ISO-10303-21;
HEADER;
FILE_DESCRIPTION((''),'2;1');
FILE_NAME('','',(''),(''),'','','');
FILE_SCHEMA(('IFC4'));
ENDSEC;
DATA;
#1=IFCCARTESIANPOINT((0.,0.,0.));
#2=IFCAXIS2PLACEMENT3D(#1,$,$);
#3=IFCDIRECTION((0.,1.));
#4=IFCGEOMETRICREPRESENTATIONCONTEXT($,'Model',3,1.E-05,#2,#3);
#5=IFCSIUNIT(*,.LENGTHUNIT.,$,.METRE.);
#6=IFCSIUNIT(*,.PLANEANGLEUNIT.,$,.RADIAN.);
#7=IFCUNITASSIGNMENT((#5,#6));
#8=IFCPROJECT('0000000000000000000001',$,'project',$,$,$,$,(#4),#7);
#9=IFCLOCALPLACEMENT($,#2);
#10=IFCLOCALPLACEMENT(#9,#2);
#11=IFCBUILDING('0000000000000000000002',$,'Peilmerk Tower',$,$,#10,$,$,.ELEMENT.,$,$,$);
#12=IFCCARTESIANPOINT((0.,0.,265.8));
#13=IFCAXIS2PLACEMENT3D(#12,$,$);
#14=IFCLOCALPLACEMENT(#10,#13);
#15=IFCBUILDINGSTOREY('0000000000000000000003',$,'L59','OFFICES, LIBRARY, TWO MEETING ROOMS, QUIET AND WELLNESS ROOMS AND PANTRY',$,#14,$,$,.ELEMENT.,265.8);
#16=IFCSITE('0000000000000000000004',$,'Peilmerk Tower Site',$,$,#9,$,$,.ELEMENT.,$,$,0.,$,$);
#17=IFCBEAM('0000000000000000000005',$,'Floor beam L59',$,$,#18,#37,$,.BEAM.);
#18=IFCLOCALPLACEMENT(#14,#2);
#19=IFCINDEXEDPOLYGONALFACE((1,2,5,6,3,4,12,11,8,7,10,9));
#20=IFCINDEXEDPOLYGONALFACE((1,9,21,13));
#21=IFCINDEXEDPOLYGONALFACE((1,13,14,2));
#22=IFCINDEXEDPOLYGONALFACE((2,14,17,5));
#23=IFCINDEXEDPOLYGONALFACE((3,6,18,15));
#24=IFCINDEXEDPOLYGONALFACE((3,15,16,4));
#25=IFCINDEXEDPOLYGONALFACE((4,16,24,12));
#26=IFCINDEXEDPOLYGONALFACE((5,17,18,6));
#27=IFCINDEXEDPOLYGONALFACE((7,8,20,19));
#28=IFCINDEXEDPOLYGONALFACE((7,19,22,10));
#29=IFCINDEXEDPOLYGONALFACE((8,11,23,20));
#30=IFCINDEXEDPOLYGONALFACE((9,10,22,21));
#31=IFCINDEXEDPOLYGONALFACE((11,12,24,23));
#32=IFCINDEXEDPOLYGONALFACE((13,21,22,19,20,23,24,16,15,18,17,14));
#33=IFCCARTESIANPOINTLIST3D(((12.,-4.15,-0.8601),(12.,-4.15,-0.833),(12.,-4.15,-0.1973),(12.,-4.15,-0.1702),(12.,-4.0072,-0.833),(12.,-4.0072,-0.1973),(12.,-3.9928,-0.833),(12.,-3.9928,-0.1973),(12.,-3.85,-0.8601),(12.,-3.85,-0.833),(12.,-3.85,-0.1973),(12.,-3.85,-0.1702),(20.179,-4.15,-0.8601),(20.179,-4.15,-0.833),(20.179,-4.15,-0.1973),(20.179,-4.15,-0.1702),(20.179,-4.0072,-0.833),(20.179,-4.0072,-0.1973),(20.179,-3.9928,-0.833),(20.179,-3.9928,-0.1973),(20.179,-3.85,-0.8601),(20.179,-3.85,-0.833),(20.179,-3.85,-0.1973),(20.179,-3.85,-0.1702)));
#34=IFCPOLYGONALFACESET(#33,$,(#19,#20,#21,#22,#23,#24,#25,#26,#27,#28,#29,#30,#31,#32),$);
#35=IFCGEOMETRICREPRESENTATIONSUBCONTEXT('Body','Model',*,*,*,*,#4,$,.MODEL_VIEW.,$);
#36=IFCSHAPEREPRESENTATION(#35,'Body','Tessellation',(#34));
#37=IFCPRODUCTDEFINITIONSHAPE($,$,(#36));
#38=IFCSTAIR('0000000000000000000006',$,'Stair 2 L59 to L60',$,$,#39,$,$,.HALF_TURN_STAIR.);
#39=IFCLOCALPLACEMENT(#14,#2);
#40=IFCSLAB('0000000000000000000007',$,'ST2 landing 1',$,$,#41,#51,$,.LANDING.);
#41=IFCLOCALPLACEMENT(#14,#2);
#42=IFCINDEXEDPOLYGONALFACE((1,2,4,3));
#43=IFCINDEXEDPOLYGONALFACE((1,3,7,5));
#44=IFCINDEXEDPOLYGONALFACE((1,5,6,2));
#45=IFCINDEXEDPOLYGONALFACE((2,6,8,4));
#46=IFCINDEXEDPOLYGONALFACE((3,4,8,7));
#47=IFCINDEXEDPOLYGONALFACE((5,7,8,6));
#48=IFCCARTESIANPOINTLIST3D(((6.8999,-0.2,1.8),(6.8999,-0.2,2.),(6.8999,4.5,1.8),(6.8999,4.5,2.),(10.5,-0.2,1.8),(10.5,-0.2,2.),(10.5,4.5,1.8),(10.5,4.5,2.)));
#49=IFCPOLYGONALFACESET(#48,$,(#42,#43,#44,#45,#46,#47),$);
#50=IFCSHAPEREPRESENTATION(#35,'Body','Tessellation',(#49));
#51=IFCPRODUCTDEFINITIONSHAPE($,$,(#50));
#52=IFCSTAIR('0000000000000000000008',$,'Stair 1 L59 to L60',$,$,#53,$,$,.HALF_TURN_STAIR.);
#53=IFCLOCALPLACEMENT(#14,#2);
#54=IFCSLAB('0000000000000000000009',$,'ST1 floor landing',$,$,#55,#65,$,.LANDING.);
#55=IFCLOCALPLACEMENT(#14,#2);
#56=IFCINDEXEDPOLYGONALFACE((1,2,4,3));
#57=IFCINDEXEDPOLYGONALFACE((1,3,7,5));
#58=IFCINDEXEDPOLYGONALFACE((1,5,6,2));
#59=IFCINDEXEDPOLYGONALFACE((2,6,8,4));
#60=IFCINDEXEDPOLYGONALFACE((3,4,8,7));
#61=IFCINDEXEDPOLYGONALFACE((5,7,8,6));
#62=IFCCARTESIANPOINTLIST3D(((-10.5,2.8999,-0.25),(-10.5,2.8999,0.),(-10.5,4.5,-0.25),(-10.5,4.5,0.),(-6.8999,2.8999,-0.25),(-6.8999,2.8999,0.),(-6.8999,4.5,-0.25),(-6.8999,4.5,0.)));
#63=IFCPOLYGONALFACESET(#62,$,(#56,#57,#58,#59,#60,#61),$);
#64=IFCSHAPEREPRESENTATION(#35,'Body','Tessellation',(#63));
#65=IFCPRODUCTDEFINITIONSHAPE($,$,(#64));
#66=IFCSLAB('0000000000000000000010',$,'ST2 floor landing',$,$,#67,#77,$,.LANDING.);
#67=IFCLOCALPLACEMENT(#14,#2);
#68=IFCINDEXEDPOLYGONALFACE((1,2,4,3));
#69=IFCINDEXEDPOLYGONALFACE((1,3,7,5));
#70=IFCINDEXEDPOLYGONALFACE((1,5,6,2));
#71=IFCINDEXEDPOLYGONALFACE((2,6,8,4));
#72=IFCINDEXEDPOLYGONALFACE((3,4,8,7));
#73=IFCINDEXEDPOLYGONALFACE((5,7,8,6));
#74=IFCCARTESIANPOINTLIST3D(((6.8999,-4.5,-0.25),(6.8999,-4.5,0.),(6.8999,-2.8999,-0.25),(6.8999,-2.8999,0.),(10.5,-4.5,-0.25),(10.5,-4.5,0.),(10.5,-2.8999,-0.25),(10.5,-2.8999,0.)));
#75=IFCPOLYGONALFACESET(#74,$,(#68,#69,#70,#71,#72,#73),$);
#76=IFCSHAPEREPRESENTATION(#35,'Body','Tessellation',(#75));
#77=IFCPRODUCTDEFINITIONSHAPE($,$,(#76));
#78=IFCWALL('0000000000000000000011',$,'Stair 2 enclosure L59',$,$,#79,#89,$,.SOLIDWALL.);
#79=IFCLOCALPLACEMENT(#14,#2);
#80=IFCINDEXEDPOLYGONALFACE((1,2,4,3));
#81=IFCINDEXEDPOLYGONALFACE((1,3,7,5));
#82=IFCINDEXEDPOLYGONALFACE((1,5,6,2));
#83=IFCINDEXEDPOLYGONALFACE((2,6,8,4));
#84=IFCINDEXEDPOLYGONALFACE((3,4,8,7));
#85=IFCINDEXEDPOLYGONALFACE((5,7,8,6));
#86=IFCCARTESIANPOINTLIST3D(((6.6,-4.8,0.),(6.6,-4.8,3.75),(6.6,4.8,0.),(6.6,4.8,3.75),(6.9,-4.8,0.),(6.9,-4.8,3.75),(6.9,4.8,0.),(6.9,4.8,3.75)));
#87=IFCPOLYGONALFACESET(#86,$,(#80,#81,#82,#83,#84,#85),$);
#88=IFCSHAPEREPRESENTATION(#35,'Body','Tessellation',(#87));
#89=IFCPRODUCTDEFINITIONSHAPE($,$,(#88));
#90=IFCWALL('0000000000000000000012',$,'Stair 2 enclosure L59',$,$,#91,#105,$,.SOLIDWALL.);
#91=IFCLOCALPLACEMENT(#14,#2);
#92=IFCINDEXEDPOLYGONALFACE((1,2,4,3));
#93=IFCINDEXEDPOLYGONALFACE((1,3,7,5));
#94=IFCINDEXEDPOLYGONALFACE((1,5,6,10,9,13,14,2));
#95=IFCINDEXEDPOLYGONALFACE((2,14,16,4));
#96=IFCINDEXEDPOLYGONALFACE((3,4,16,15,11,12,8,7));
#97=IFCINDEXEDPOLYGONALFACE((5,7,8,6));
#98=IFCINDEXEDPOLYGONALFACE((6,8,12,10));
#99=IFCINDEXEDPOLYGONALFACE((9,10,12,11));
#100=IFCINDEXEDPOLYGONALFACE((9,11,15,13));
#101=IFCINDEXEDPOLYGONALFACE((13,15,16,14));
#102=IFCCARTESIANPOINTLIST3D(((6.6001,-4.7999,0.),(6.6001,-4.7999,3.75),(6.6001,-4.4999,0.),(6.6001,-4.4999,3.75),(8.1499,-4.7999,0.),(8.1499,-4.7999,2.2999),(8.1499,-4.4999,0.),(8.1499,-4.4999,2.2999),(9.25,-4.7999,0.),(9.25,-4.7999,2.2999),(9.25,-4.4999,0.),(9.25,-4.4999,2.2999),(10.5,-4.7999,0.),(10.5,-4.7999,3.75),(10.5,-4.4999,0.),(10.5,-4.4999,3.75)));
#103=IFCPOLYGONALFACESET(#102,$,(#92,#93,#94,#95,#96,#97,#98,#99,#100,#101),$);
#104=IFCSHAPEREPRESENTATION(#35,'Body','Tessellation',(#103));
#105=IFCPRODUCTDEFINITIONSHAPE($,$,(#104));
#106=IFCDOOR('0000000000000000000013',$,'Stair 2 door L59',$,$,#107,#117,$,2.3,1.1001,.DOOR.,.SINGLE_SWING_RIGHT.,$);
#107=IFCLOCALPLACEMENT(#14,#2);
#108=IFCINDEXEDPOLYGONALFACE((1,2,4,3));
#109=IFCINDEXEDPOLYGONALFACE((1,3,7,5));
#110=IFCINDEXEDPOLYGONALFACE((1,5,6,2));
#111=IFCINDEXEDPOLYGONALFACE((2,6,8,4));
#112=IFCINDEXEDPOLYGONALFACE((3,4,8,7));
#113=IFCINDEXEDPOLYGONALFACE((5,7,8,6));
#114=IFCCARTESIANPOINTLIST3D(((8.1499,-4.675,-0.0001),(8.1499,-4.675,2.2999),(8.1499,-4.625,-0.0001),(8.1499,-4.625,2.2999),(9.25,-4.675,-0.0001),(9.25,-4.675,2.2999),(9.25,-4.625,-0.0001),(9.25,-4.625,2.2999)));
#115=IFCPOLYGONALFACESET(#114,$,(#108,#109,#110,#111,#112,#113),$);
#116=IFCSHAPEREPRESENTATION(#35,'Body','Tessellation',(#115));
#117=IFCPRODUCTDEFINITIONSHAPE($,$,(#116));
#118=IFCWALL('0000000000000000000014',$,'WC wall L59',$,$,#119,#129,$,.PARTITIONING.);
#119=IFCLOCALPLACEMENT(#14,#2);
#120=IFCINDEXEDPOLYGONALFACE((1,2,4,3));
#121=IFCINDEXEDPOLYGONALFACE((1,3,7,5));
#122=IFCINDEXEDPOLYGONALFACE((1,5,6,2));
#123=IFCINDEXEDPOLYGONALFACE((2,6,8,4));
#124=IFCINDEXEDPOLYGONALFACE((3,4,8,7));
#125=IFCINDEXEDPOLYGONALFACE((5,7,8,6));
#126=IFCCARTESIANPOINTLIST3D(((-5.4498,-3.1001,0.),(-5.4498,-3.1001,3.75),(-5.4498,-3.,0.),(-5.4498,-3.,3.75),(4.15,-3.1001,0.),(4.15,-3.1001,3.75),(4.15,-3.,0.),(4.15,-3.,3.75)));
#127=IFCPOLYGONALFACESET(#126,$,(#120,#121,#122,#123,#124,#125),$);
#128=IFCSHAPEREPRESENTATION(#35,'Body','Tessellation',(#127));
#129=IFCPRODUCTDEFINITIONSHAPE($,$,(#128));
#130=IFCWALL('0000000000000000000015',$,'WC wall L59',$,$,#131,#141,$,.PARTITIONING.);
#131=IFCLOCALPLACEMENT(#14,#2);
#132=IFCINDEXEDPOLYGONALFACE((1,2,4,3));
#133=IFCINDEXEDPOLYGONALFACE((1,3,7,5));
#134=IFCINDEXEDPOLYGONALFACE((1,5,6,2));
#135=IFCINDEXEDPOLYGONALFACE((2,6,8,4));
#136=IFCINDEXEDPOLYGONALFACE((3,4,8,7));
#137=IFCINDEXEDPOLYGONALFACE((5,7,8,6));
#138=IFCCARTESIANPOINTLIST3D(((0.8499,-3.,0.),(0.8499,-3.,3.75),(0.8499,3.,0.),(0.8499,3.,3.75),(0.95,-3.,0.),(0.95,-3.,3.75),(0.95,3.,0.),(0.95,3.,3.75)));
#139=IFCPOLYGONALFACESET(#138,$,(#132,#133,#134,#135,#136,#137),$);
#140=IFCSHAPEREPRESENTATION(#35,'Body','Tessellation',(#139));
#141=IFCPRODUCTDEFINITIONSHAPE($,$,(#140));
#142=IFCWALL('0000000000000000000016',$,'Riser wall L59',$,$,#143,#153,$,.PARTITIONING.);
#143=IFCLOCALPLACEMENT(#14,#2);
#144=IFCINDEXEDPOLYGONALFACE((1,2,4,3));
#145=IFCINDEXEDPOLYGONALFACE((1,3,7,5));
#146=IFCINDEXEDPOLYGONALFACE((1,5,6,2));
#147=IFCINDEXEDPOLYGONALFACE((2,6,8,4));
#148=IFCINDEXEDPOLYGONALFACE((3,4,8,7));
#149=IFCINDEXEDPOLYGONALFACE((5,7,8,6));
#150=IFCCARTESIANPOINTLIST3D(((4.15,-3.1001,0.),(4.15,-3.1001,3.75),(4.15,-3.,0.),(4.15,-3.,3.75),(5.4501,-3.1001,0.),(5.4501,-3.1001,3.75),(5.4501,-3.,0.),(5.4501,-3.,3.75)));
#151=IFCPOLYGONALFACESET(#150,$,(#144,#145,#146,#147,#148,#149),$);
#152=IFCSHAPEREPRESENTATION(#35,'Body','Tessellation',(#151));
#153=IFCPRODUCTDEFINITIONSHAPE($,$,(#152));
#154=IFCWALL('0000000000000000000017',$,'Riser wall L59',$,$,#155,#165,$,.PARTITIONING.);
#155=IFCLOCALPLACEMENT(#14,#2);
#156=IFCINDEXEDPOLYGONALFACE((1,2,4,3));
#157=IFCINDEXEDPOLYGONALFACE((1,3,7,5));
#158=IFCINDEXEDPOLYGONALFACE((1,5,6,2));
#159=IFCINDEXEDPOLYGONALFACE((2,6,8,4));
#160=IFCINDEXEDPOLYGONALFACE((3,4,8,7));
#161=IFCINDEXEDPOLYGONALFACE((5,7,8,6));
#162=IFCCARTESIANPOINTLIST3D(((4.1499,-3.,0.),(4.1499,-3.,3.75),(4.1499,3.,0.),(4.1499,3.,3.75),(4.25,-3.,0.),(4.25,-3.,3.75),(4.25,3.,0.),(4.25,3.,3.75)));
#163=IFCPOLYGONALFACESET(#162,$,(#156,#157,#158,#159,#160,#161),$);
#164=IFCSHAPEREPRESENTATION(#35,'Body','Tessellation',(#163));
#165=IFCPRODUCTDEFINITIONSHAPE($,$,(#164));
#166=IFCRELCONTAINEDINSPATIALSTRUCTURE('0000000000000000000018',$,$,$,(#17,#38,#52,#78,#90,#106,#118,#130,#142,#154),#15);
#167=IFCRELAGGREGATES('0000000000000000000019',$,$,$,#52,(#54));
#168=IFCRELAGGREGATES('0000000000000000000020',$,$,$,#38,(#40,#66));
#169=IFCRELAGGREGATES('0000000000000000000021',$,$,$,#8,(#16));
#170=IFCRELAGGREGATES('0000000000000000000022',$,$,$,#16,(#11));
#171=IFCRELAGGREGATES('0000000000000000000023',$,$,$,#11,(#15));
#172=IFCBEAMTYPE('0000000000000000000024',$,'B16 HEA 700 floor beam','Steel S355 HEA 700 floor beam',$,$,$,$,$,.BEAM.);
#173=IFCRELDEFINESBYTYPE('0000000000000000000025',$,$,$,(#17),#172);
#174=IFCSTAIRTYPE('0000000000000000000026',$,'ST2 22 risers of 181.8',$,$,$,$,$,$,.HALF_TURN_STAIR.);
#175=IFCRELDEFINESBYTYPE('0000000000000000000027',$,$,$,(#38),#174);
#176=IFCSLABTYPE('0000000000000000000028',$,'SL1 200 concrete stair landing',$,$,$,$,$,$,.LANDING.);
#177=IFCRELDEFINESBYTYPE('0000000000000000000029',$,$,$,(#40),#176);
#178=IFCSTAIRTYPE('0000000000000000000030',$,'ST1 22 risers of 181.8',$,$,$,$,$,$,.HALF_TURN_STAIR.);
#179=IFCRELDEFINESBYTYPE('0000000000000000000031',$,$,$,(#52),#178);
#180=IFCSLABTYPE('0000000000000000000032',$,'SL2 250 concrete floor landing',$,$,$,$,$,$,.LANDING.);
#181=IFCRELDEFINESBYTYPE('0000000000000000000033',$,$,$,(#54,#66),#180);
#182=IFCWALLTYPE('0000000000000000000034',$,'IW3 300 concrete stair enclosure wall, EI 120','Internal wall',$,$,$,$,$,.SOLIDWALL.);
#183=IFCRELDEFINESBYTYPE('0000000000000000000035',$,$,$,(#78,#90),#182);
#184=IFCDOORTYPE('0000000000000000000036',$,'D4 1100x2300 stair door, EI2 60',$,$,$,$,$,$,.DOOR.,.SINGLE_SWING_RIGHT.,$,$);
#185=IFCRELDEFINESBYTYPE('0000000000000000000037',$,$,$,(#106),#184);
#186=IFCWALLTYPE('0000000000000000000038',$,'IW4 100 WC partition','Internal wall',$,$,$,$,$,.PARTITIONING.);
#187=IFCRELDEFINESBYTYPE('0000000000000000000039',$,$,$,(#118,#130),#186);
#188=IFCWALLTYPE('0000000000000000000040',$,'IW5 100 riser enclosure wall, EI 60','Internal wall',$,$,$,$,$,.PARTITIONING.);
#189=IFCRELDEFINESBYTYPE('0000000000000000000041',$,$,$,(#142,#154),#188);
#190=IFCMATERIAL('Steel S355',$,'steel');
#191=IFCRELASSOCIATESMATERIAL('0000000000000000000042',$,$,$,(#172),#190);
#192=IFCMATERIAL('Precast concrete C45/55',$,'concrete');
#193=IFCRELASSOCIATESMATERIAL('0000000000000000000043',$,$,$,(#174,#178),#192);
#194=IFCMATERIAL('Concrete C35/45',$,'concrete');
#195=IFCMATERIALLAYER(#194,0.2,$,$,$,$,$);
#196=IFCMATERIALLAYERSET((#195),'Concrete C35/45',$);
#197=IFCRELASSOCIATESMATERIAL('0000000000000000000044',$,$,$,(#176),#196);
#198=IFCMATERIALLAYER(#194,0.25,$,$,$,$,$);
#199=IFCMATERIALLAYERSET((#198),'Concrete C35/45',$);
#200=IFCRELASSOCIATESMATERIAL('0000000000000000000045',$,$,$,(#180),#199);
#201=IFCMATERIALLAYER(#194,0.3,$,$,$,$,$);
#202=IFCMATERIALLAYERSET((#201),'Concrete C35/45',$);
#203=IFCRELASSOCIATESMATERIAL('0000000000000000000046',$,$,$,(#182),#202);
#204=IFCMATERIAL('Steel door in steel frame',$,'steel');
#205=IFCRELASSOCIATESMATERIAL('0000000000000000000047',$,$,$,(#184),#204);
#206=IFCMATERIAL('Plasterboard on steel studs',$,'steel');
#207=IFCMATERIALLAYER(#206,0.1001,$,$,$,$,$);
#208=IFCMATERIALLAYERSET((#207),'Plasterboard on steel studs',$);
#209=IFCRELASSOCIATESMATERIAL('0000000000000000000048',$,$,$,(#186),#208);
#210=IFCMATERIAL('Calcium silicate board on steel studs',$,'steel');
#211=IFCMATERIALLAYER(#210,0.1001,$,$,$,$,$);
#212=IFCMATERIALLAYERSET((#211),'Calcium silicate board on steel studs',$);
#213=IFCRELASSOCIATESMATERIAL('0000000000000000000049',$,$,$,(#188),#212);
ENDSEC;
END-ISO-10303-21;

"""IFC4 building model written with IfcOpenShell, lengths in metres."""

from ifc_helpers import new_model, si_unit, direction, frame, frame_2d, origin, origin_2d, place, context, subcontext, project, spatial, polyline, rectangle, i_section, outline, extrude, material, layer, layer_set, material_profile, profile_set, type_object, element, fill, aggregate, save


model = new_model("IFC4")

# Units and contexts
model_context = context("Model", 3, precision=1e-05, world=origin(), true_north=direction((0.0, 1.0)))
body_context = subcontext(model_context, "Body", "Model", "MODEL_VIEW")
ifc_project = project(units=[si_unit("LENGTHUNIT", "METRE"), si_unit("PLANEANGLEUNIT", "RADIAN")], contexts=[model_context])

# Site, building, storey
site_placement = place(None, origin())
site = spatial("IfcSite", under=ifc_project, at=site_placement, Name="Peilmerk Tower Site", CompositionType="ELEMENT", RefElevation=0.0)
building_placement = place(site_placement, origin())
building = spatial("IfcBuilding", under=site, at=building_placement, Name="Peilmerk Tower", CompositionType="ELEMENT")
storey_placement = place(building_placement, frame((0.0, 0.0, 265.8)))
storey = spatial("IfcBuildingStorey", under=building, at=storey_placement, Name="L59", Description="OFFICES, LIBRARY, TWO MEETING ROOMS, QUIET AND WELLNESS ROOMS AND PANTRY", CompositionType="ELEMENT", Elevation=265.8)

# Beam
ifc_material_1 = material(Name="Steel S355", Category="steel")
ifc_material_profile = material_profile(ifc_material_1, i_section(OverallWidth=0.3, OverallDepth=0.6899, WebThickness=0.0144, FlangeThickness=0.0271, at=origin_2d()), Name="HEA 700")
ifc_profile_set = profile_set([ifc_material_profile], Name="Steel S355")
beam_type = type_object("IfcBeamType", Name="B16 HEA 700 floor beam", Description="Steel S355 HEA 700 floor beam", PredefinedType="BEAM", material=ifc_profile_set)
beam_placement = place(storey_placement, frame((12.0, -4.0, -0.5151), z_axis=(1.0, 0.0, 0.0), x_axis=(0.0, 1.0, 0.0)))
element("IfcBeam", 1, at=beam_placement, inside=storey, type_object=beam_type, Name="Floor beam L59", PredefinedType="BEAM", context=body_context, shape_type="SweptSolid", body=[
    extrude(i_section(OverallWidth=0.3, OverallDepth=0.6899, WebThickness=0.0144, FlangeThickness=0.0271, at=origin_2d()), origin(), (0.0, 0.0, 1.0), 8.179),
])

# Stairs, slabs
ifc_material_2 = material(Name="Precast concrete C45/55", Category="concrete")
stair_type_1 = type_object("IfcStairType", Name="ST2 22 risers of 181.8", PredefinedType="HALF_TURN_STAIR", material=ifc_material_2)
stair_1_placement = place(storey_placement, origin())
stair_1 = element("IfcStair", 2, at=stair_1_placement, inside=storey, type_object=stair_type_1, Name="Stair 2 L59 to L60", PredefinedType="HALF_TURN_STAIR")
ifc_material_3 = material(Name="Concrete C35/45", Category="concrete")
ifc_layer_1 = layer(ifc_material_3, 0.2)
ifc_layer_set_1 = layer_set([ifc_layer_1], Name="Concrete C35/45")
slab_type_1 = type_object("IfcSlabType", Name="SL1 200 concrete stair landing", PredefinedType="LANDING", material=ifc_layer_set_1)
slab_1_placement = place(storey_placement, frame((0.0, 0.0, 1.8)))
slab_1 = element("IfcSlab", 3, at=slab_1_placement, type_object=slab_type_1, Name="ST2 landing 1", PredefinedType="LANDING", context=body_context, shape_type="SweptSolid", body=[
    extrude(outline(polyline([(6.8999, -0.2), (10.5, -0.2), (10.5, 4.5), (6.8999, 4.5), (6.8999, -0.2)])), origin(), (0.0, 0.0, 1.0), 0.2),
])
stair_type_2 = type_object("IfcStairType", Name="ST1 22 risers of 181.8", PredefinedType="HALF_TURN_STAIR", material=ifc_material_2)
stair_2_placement = place(storey_placement, origin())
stair_2 = element("IfcStair", 4, at=stair_2_placement, inside=storey, type_object=stair_type_2, Name="Stair 1 L59 to L60", PredefinedType="HALF_TURN_STAIR")
ifc_layer_2 = layer(ifc_material_3, 0.25)
ifc_layer_set_2 = layer_set([ifc_layer_2], Name="Concrete C35/45")
slab_type_2 = type_object("IfcSlabType", Name="SL2 250 concrete floor landing", PredefinedType="LANDING", material=ifc_layer_set_2)
slab_2_placement = place(storey_placement, frame((0.0, 0.0, -0.25)))
slab_2 = element("IfcSlab", 5, at=slab_2_placement, type_object=slab_type_2, Name="ST1 floor landing", PredefinedType="LANDING", context=body_context, shape_type="SweptSolid", body=[
    extrude(outline(polyline([(-10.5, 2.8999), (-6.8999, 2.8999), (-6.8999, 4.5), (-10.5, 4.5), (-10.5, 2.8999)])), origin(), (0.0, 0.0, 1.0), 0.25),
])
aggregate(stair_2, [slab_2])

# Slab
slab_3_placement = place(storey_placement, frame((0.0, 0.0, -0.25)))
slab_3 = element("IfcSlab", 6, at=slab_3_placement, type_object=slab_type_2, Name="ST2 floor landing", PredefinedType="LANDING", context=body_context, shape_type="SweptSolid", body=[
    extrude(outline(polyline([(6.8999, -4.5), (10.5, -4.5), (10.5, -2.8999), (6.8999, -2.8999), (6.8999, -4.5)])), origin(), (0.0, 0.0, 1.0), 0.25),
])

# Wall
ifc_layer_3 = layer(ifc_material_3, 0.3)
ifc_layer_set_3 = layer_set([ifc_layer_3], Name="Concrete C35/45")
wall_type_1 = type_object("IfcWallType", Name="IW3 300 concrete stair enclosure wall, EI 120", Description="Internal wall", PredefinedType="SOLIDWALL", material=ifc_layer_set_3)
wall_1_placement = place(storey_placement, frame((6.75, -4.8, 0.0), z_axis=(0.0, 0.0, 1.0), x_axis=(0.0, 1.0, 0.0)))
element("IfcWall", 7, at=wall_1_placement, inside=storey, type_object=wall_type_1, Name="Stair 2 enclosure L59", PredefinedType="SOLIDWALL", context=body_context, shape_type="SweptSolid", body=[
    extrude(rectangle(XDim=9.6001, YDim=0.3, at=frame_2d((4.8, 0.0))), origin(), (0.0, 0.0, 1.0), 3.75),
])

# Wall, opening, door
wall_2_placement = place(storey_placement, frame((10.5, -4.6499, 0.0), z_axis=(0.0, 0.0, 1.0), x_axis=(-1.0, 0.0, 0.0)))
wall_2 = element("IfcWall", 8, at=wall_2_placement, inside=storey, type_object=wall_type_1, Name="Stair 2 enclosure L59", PredefinedType="SOLIDWALL", context=body_context, shape_type="SweptSolid", body=[
    extrude(rectangle(XDim=3.8999, YDim=0.3, at=frame_2d((1.95, 0.0))), origin(), (0.0, 0.0, 1.0), 3.75),
])
opening_1_placement = place(wall_2_placement, frame((1.25, 0.0, 0.0)))
opening_1 = element("IfcOpeningElement", 9, at=opening_1_placement, cuts=wall_2, PredefinedType="OPENING", context=body_context, shape_type="SweptSolid", body=[
    extrude(rectangle(XDim=1.1001, YDim=2.3, at=frame_2d((0.55, 1.1499))), frame((0.0, 0.1599, 0.0), z_axis=(0.0, -1.0, 0.0), x_axis=(1.0, 0.0, 0.0)), (0.0, 0.0, 1.0), 0.3201),
])
ifc_material_4 = material(Name="Steel door in steel frame", Category="steel")
door_type_1 = type_object("IfcDoorType", Name="D4 1100x2300 stair door, EI2 60", OperationType="SINGLE_SWING_RIGHT", PredefinedType="DOOR", material=ifc_material_4)
door_1_placement = place(opening_1_placement, frame((1.1001, 0.0, 0.0), z_axis=(0.0, 0.0, 1.0), x_axis=(-1.0, 0.0, 0.0)))
door_1 = element("IfcDoor", 10, at=door_1_placement, inside=storey, type_object=door_type_1, Name="Stair 2 door L59", OperationType="SINGLE_SWING_RIGHT", OverallHeight=2.3, OverallWidth=1.1001, PredefinedType="DOOR", context=body_context, shape_type="SweptSolid", body=[
    extrude(rectangle(XDim=1.1001, YDim=2.3, at=frame_2d((0.55, 1.1499))), frame((0.0, 0.0249, 0.0), z_axis=(0.0, -1.0, 0.0), x_axis=(1.0, 0.0, 0.0)), (0.0, 0.0, 1.0), 0.05),
])
fill(opening_1, door_1)

# Walls
ifc_material_5 = material(Name="Plasterboard on steel studs", Category="steel")
ifc_layer_4 = layer(ifc_material_5, 0.1001)
ifc_layer_set_4 = layer_set([ifc_layer_4], Name="Plasterboard on steel studs")
wall_type_2 = type_object("IfcWallType", Name="IW4 100 WC partition", Description="Internal wall", PredefinedType="PARTITIONING", material=ifc_layer_set_4)
wall_3_placement = place(storey_placement, frame((4.1499, -3.05, 0.0), z_axis=(0.0, 0.0, 1.0), x_axis=(-1.0, 0.0, 0.0)))
element("IfcWall", 11, at=wall_3_placement, inside=storey, type_object=wall_type_2, Name="WC wall L59", PredefinedType="PARTITIONING", context=body_context, shape_type="SweptSolid", body=[
    extrude(rectangle(XDim=9.5999, YDim=0.1001, at=frame_2d((4.7998, 0.0))), origin(), (0.0, 0.0, 1.0), 3.75),
])
wall_4_placement = place(storey_placement, frame((0.8999, -3.0, 0.0), z_axis=(0.0, 0.0, 1.0), x_axis=(0.0, 1.0, 0.0)))
element("IfcWall", 12, at=wall_4_placement, inside=storey, type_object=wall_type_2, Name="WC wall L59", PredefinedType="PARTITIONING", context=body_context, shape_type="SweptSolid", body=[
    extrude(rectangle(XDim=6.0, YDim=0.1001, at=frame_2d((3.0, 0.0))), origin(), (0.0, 0.0, 1.0), 3.75),
])
ifc_material_6 = material(Name="Calcium silicate board on steel studs", Category="steel")
ifc_layer_5 = layer(ifc_material_6, 0.1001)
ifc_layer_set_5 = layer_set([ifc_layer_5], Name="Calcium silicate board on steel studs")
wall_type_3 = type_object("IfcWallType", Name="IW5 100 riser enclosure wall, EI 60", Description="Internal wall", PredefinedType="PARTITIONING", material=ifc_layer_set_5)
wall_5_placement = place(storey_placement, frame((5.45, -3.05, 0.0), z_axis=(0.0, 0.0, 1.0), x_axis=(-1.0, 0.0, 0.0)))
element("IfcWall", 13, at=wall_5_placement, inside=storey, type_object=wall_type_3, Name="Riser wall L59", PredefinedType="PARTITIONING", context=body_context, shape_type="SweptSolid", body=[
    extrude(rectangle(XDim=1.3, YDim=0.1001, at=frame_2d((0.6499, 0.0))), origin(), (0.0, 0.0, 1.0), 3.75),
])
wall_6_placement = place(storey_placement, frame((4.2, -3.0, 0.0), z_axis=(0.0, 0.0, 1.0), x_axis=(0.0, 1.0, 0.0)))
element("IfcWall", 14, at=wall_6_placement, inside=storey, type_object=wall_type_3, Name="Riser wall L59", PredefinedType="PARTITIONING", context=body_context, shape_type="SweptSolid", body=[
    extrude(rectangle(XDim=6.0, YDim=0.1001, at=frame_2d((3.0, 0.0))), origin(), (0.0, 0.0, 1.0), 3.75),
])

aggregate(stair_1, [slab_1, slab_3])

save(model, "model.ifc")
